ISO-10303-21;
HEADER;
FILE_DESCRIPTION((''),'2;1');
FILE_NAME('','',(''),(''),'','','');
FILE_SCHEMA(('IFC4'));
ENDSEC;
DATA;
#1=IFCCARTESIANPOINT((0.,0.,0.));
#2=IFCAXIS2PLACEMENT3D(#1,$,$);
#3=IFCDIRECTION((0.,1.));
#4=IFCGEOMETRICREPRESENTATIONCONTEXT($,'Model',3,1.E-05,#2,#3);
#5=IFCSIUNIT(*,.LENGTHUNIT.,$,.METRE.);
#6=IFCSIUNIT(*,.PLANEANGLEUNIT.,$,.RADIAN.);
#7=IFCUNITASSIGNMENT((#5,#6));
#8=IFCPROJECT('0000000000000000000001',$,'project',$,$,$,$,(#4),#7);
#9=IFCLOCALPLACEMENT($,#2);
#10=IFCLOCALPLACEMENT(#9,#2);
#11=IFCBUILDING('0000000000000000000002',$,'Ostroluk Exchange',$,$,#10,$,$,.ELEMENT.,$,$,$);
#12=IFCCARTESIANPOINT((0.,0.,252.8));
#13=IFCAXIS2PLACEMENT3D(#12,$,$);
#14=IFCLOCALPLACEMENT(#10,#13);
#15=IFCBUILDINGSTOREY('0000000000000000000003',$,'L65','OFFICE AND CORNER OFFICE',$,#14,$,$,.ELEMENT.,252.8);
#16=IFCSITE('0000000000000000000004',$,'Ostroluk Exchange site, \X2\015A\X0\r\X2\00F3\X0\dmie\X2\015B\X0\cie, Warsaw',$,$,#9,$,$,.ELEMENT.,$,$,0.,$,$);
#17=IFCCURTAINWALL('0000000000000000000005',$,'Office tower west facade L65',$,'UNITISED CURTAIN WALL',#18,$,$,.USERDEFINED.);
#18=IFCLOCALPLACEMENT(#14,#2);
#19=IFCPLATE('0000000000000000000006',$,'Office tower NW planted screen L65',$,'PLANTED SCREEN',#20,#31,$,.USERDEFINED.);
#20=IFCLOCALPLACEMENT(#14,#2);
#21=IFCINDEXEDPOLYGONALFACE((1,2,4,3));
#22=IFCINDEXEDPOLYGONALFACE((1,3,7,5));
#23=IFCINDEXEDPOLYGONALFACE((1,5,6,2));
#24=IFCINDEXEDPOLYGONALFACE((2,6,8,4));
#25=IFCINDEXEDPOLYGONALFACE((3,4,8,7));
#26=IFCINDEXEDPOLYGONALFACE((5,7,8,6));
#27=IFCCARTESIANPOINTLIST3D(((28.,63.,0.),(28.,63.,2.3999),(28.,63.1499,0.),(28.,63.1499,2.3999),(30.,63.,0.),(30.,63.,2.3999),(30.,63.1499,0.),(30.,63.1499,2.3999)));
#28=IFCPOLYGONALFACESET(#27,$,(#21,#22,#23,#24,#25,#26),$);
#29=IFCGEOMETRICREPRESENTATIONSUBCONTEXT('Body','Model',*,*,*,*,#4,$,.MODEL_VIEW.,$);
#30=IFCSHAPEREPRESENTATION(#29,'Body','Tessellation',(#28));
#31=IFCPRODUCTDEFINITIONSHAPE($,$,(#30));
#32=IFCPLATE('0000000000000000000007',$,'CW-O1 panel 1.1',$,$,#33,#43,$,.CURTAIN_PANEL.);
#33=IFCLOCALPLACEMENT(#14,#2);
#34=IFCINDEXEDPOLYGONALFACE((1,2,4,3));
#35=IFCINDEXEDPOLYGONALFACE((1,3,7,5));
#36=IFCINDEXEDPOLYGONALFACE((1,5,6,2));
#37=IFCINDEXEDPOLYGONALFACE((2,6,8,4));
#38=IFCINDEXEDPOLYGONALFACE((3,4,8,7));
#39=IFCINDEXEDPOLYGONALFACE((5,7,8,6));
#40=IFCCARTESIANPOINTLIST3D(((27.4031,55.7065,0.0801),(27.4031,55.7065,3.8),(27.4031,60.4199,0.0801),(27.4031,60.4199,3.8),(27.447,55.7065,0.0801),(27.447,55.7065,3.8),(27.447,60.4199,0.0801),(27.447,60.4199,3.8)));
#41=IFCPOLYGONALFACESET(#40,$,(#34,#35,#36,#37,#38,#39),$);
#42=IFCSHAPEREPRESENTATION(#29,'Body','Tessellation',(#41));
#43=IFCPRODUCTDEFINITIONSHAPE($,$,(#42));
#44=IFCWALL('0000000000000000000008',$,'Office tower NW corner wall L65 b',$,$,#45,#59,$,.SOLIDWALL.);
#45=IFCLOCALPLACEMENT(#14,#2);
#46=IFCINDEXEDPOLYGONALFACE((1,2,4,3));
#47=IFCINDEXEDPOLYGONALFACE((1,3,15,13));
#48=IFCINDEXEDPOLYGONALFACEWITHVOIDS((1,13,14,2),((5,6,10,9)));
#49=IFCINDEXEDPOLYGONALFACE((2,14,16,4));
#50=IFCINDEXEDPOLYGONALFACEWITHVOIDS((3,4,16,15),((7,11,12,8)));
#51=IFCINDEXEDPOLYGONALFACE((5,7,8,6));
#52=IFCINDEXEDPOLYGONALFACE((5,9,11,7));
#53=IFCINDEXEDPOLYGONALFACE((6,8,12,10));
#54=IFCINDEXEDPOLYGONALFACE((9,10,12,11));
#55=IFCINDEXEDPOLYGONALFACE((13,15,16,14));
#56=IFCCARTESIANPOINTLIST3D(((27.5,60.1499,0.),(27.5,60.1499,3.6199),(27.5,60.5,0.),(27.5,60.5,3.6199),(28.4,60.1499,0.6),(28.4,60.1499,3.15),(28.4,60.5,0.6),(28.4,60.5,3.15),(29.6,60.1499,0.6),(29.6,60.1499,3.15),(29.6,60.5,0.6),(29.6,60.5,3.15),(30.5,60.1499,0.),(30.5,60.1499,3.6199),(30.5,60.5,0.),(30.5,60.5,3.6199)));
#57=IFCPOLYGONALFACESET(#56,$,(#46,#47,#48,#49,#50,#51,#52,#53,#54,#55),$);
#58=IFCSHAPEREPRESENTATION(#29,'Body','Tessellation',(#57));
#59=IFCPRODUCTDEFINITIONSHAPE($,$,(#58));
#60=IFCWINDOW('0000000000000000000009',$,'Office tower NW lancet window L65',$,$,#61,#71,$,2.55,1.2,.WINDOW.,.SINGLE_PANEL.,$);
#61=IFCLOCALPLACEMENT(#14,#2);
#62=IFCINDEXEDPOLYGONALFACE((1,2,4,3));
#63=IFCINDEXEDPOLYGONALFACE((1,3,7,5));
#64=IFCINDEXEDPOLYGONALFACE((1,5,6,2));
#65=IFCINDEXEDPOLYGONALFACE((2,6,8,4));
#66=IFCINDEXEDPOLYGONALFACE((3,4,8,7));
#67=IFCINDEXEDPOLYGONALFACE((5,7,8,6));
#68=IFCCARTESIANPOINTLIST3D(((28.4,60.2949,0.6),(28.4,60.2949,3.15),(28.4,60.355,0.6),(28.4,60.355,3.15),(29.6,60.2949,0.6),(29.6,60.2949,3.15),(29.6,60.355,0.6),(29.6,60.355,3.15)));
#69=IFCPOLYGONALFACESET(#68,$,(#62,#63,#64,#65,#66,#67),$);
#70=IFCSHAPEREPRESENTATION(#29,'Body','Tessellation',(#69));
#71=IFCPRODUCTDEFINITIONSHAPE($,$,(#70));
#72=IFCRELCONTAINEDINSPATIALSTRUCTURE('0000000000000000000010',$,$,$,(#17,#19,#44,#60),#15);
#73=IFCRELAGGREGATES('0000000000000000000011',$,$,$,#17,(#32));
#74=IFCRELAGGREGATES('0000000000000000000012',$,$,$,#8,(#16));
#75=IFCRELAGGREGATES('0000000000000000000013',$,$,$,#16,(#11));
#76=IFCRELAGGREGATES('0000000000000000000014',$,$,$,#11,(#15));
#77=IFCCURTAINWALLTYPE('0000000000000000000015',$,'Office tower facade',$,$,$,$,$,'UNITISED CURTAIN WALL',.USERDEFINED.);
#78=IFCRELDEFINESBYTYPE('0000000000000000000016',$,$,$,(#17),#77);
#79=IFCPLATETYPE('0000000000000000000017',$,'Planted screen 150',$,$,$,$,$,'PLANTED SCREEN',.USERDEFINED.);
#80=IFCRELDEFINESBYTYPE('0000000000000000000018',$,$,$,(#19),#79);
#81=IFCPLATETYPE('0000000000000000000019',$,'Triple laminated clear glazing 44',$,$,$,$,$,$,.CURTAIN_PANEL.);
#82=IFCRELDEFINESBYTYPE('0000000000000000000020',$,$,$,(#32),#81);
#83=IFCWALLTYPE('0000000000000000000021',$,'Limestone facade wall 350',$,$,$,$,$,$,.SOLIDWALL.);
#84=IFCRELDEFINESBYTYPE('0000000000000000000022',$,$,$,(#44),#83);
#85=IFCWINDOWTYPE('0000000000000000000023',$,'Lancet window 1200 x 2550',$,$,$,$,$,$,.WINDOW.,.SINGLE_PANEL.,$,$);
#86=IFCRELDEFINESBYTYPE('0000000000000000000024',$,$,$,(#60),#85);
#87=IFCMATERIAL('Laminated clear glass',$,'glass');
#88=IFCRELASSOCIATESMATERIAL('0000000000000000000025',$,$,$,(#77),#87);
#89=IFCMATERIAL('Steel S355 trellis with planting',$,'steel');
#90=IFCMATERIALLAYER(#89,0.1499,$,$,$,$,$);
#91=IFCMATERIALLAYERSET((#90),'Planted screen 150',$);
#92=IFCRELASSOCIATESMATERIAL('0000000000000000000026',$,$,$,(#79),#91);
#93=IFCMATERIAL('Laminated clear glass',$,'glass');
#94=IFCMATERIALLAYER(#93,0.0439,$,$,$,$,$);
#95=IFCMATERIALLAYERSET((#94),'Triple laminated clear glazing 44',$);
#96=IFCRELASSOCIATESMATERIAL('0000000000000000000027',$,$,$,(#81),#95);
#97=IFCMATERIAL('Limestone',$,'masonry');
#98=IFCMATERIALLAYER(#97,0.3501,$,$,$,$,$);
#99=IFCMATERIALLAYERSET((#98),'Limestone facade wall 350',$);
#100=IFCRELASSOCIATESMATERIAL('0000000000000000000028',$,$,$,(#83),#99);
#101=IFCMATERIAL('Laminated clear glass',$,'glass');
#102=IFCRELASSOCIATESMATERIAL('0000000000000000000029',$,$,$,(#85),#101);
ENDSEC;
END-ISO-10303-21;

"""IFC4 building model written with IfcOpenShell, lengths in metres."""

from ifc_helpers import new_model, si_unit, direction, frame, frame_2d, origin, origin_2d, place, context, subcontext, project, spatial, rectangle, extrude, material, layer, layer_set, type_object, element, fill, aggregate, save


model = new_model("IFC4")

# Units and contexts
model_context = context("Model", 3, precision=1e-05, world=origin(), true_north=direction((0.0, 1.0)))
body_context = subcontext(model_context, "Body", "Model", "MODEL_VIEW")
ifc_project = project(units=[si_unit("LENGTHUNIT", "METRE"), si_unit("PLANEANGLEUNIT", "RADIAN")], contexts=[model_context])

# Site, building, storey
site_placement = place(None, origin())
site = spatial("IfcSite", under=ifc_project, at=site_placement, Name="Ostroluk Exchange site, Śródmieście, Warsaw", CompositionType="ELEMENT", RefElevation=0.0)
building_placement = place(site_placement, origin())
building = spatial("IfcBuilding", under=site, at=building_placement, Name="Ostroluk Exchange", CompositionType="ELEMENT")
storey_placement = place(building_placement, frame((0.0, 0.0, 252.8)))
storey = spatial("IfcBuildingStorey", under=building, at=storey_placement, Name="L65", Description="OFFICE AND CORNER OFFICE", CompositionType="ELEMENT", Elevation=252.8)

# Curtain wall
ifc_material_1 = material(Name="Laminated clear glass", Category="glass")
curtain_wall_type = type_object("IfcCurtainWallType", Name="Office tower facade", ElementType="UNITISED CURTAIN WALL", PredefinedType="USERDEFINED", material=ifc_material_1)
curtain_wall_1_placement = place(storey_placement, origin())
curtain_wall_1 = element("IfcCurtainWall", 1, at=curtain_wall_1_placement, inside=storey, type_object=curtain_wall_type, Name="Office tower west facade L65", ObjectType="UNITISED CURTAIN WALL", PredefinedType="USERDEFINED")

# Plates
ifc_material_2 = material(Name="Steel S355 trellis with planting", Category="steel")
ifc_layer_1 = layer(ifc_material_2, 0.1499)
ifc_layer_set_1 = layer_set([ifc_layer_1], Name="Planted screen 150")
plate_type_1 = type_object("IfcPlateType", Name="Planted screen 150", ElementType="PLANTED SCREEN", PredefinedType="USERDEFINED", material=ifc_layer_set_1)
plate_1_placement = place(storey_placement, frame((29.0, 63.075, 0.0), z_axis=(0.0, 0.0, 1.0), x_axis=(1.0, 0.0, 0.0)))
element("IfcPlate", 2, at=plate_1_placement, inside=storey, type_object=plate_type_1, Name="Office tower NW planted screen L65", ObjectType="PLANTED SCREEN", PredefinedType="USERDEFINED", context=body_context, shape_type="SweptSolid", body=[
    extrude(rectangle(XDim=2.0, YDim=0.1499, at=origin_2d()), origin(), (0.0, 0.0, 1.0), 2.3999),
])
ifc_material_3 = material(Name="Laminated clear glass", Category="glass")
ifc_layer_2 = layer(ifc_material_3, 0.0439)
ifc_layer_set_2 = layer_set([ifc_layer_2], Name="Triple laminated clear glazing 44")
plate_type_2 = type_object("IfcPlateType", Name="Triple laminated clear glazing 44", PredefinedType="CURTAIN_PANEL", material=ifc_layer_set_2)
plate_2_placement = place(storey_placement, frame((27.425, 58.0632, 0.0801), z_axis=(0.0, 0.0, 1.0), x_axis=(0.0, -1.0, 0.0)))
plate_2 = element("IfcPlate", 3, at=plate_2_placement, type_object=plate_type_2, Name="CW-O1 panel 1.1", PredefinedType="CURTAIN_PANEL", context=body_context, shape_type="SweptSolid", body=[
    extrude(rectangle(XDim=4.7134, YDim=0.0439, at=origin_2d()), origin(), (0.0, 0.0, 1.0), 3.72),
])
aggregate(curtain_wall_1, [plate_2])

# Shared definitions
ifc_material_4 = material(Name="Limestone", Category="masonry")
ifc_layer_3 = layer(ifc_material_4, 0.3501)
ifc_layer_set_3 = layer_set([ifc_layer_3], Name="Limestone facade wall 350")
wall_type = type_object("IfcWallType", Name="Limestone facade wall 350", PredefinedType="SOLIDWALL", material=ifc_layer_set_3)

# Wall, opening, window
wall_1_placement = place(storey_placement, frame((30.5, 60.325, 0.0), z_axis=(0.0, 0.0, 1.0), x_axis=(-1.0, 0.0, 0.0)))
wall_1 = element("IfcWall", 4, at=wall_1_placement, inside=storey, type_object=wall_type, Name="Office tower NW corner wall L65 b", PredefinedType="SOLIDWALL", context=body_context, shape_type="SweptSolid", body=[
    extrude(rectangle(XDim=3.0, YDim=0.3501, at=frame_2d((1.5, 0.0))), origin(), (0.0, 0.0, 1.0), 3.6199),
])
opening_1_placement = place(wall_1_placement, frame((0.8999, 0.0, 0.6001)))
opening_1 = element("IfcOpeningElement", 5, at=opening_1_placement, cuts=wall_1, PredefinedType="OPENING", context=body_context, shape_type="SweptSolid", body=[
    extrude(rectangle(XDim=1.2, YDim=2.55, at=frame_2d((0.6001, 1.2749))), frame((0.0, 0.1851, 0.0), z_axis=(0.0, -1.0, 0.0), x_axis=(1.0, 0.0, 0.0)), (0.0, 0.0, 1.0), 0.3701),
])
ifc_material_5 = material(Name="Laminated clear glass", Category="glass")
window_type = type_object("IfcWindowType", Name="Lancet window 1200 x 2550", PartitioningType="SINGLE_PANEL", PredefinedType="WINDOW", material=ifc_material_5)
window_placement = place(opening_1_placement, origin())
window = element("IfcWindow", 6, at=window_placement, inside=storey, type_object=window_type, Name="Office tower NW lancet window L65", OverallHeight=2.55, OverallWidth=1.2, PartitioningType="SINGLE_PANEL", PredefinedType="WINDOW", context=body_context, shape_type="SweptSolid", body=[
    extrude(rectangle(XDim=1.2, YDim=2.55, at=frame_2d((0.6001, 1.2749))), frame((0.0, 0.03, 0.0), z_axis=(0.0, -1.0, 0.0), x_axis=(1.0, 0.0, 0.0)), (0.0, 0.0, 1.0), 0.0601),
])
fill(opening_1, window)

save(model, "model.ifc")
